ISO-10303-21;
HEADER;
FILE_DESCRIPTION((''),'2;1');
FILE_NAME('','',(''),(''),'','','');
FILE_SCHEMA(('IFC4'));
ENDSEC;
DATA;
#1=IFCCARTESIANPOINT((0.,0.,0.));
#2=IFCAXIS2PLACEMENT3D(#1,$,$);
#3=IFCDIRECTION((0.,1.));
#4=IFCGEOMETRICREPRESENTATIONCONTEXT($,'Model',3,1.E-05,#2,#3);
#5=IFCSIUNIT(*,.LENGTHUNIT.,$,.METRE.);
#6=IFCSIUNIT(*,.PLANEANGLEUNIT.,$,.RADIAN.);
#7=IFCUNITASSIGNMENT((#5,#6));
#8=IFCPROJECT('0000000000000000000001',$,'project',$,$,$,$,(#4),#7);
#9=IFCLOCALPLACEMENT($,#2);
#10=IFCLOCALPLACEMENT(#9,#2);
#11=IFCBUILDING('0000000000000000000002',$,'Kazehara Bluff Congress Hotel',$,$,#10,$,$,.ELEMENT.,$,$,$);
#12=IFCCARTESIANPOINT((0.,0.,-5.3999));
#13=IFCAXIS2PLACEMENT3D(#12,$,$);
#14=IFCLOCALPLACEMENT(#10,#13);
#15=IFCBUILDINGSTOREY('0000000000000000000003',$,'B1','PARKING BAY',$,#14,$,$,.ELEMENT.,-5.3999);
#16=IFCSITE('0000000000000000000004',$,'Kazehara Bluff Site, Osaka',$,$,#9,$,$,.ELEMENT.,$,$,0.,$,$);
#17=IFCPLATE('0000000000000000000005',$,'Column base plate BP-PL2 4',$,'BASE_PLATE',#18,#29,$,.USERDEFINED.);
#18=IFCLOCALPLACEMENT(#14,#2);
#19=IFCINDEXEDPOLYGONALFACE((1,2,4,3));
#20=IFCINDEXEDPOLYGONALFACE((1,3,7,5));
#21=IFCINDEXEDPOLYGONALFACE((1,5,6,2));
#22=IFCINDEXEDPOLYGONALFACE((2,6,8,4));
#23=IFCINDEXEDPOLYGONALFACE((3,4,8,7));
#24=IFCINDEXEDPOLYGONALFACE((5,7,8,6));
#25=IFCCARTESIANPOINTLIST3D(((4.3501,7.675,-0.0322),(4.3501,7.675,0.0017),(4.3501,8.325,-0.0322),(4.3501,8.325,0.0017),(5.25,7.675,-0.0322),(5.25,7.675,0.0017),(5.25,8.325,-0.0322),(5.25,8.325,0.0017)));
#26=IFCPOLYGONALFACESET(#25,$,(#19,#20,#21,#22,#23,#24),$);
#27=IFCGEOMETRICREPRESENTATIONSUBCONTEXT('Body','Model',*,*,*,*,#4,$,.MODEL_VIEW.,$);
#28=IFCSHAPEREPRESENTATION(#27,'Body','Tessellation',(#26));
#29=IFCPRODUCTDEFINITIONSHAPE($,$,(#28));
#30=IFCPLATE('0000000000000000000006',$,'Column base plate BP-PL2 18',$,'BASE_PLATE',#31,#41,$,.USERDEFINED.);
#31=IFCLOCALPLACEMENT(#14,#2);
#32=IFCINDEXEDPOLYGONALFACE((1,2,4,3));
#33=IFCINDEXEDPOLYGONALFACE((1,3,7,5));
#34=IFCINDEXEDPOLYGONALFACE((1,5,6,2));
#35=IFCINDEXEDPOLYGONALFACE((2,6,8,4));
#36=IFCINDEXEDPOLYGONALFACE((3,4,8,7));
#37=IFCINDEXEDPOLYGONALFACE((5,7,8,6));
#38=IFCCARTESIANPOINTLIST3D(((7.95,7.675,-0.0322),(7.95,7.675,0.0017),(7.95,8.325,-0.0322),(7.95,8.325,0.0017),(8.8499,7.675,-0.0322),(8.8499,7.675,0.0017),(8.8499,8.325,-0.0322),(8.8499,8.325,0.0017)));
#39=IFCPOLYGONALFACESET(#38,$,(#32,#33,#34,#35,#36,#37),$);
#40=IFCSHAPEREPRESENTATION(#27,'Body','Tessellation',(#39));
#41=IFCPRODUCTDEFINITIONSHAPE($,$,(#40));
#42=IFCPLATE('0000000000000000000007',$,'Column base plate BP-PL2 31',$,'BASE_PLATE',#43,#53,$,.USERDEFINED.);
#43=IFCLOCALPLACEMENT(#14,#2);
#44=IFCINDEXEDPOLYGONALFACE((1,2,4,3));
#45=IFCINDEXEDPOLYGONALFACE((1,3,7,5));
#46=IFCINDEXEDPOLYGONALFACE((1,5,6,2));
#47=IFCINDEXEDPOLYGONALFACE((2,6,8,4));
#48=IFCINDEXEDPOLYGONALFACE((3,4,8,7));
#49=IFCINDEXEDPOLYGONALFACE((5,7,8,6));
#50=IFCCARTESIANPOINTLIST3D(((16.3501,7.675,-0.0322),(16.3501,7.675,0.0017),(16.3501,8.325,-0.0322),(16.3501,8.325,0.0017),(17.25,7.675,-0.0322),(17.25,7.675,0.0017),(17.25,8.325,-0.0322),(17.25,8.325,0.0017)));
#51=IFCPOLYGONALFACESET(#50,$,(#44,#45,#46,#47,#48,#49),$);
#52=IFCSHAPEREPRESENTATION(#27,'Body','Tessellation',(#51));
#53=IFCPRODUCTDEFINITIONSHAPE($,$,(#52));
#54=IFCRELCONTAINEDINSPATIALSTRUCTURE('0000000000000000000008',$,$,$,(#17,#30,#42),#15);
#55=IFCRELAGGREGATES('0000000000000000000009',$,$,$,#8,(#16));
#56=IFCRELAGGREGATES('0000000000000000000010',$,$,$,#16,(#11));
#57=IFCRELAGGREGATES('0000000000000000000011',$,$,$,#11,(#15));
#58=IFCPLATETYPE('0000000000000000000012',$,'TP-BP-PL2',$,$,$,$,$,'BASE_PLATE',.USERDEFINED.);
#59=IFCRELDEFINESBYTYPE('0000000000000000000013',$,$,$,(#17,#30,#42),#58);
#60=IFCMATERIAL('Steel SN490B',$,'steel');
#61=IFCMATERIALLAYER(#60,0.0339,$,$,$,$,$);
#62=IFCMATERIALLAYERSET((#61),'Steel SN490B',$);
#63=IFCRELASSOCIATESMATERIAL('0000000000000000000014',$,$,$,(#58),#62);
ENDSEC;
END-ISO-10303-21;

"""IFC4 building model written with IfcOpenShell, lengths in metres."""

from ifc_helpers import new_model, si_unit, direction, frame, origin, origin_2d, place, context, subcontext, project, spatial, rectangle, extrude, material, layer, layer_set, type_object, element, save


model = new_model("IFC4")

# Units and contexts
model_context = context("Model", 3, precision=1e-05, world=origin(), true_north=direction((0.0, 1.0)))
body_context = subcontext(model_context, "Body", "Model", "MODEL_VIEW")
ifc_project = project(units=[si_unit("LENGTHUNIT", "METRE"), si_unit("PLANEANGLEUNIT", "RADIAN")], contexts=[model_context])

# Site, building, storey
site_placement = place(None, origin())
site = spatial("IfcSite", under=ifc_project, at=site_placement, Name="Kazehara Bluff Site, Osaka", CompositionType="ELEMENT", RefElevation=0.0)
building_placement = place(site_placement, origin())
building = spatial("IfcBuilding", under=site, at=building_placement, Name="Kazehara Bluff Congress Hotel", CompositionType="ELEMENT")
storey_placement = place(building_placement, frame((0.0, 0.0, -5.3999)))
storey = spatial("IfcBuildingStorey", under=building, at=storey_placement, Name="B1", Description="PARKING BAY", CompositionType="ELEMENT", Elevation=-5.3999)

# Plates
ifc_material_1 = material(Name="Steel SN490B", Category="steel")
ifc_layer_1 = layer(ifc_material_1, 0.0339)
ifc_layer_set_1 = layer_set([ifc_layer_1], Name="Steel SN490B")
plate_type = type_object("IfcPlateType", Name="TP-BP-PL2", ElementType="BASE_PLATE", PredefinedType="USERDEFINED", material=ifc_layer_set_1)
for number, where, z_axis, x_axis, name in (
    (1, (4.8, 8.0, -0.0322), (0.0, 0.0, 1.0), (1.0, 0.0, 0.0), "Column base plate BP-PL2 4"),
    (2, (8.3999, 8.0, -0.0322), (0.0, 0.0, 1.0), (1.0, 0.0, 0.0), "Column base plate BP-PL2 18"),
    (3, (16.8, 8.0, -0.0322), (0.0, 0.0, 1.0), (1.0, 0.0, 0.0), "Column base plate BP-PL2 31"),
):
    element("IfcPlate", number, at=place(storey_placement, frame(where, z_axis=z_axis, x_axis=x_axis)), inside=storey, type_object=plate_type, Name=name, ObjectType="BASE_PLATE", PredefinedType="USERDEFINED", context=body_context, shape_type="SweptSolid", body=[
        extrude(rectangle(XDim=0.8999, YDim=0.6499, at=origin_2d()), origin(), (0.0, 0.0, 1.0), 0.0339),
    ])

save(model, "model.ifc")
